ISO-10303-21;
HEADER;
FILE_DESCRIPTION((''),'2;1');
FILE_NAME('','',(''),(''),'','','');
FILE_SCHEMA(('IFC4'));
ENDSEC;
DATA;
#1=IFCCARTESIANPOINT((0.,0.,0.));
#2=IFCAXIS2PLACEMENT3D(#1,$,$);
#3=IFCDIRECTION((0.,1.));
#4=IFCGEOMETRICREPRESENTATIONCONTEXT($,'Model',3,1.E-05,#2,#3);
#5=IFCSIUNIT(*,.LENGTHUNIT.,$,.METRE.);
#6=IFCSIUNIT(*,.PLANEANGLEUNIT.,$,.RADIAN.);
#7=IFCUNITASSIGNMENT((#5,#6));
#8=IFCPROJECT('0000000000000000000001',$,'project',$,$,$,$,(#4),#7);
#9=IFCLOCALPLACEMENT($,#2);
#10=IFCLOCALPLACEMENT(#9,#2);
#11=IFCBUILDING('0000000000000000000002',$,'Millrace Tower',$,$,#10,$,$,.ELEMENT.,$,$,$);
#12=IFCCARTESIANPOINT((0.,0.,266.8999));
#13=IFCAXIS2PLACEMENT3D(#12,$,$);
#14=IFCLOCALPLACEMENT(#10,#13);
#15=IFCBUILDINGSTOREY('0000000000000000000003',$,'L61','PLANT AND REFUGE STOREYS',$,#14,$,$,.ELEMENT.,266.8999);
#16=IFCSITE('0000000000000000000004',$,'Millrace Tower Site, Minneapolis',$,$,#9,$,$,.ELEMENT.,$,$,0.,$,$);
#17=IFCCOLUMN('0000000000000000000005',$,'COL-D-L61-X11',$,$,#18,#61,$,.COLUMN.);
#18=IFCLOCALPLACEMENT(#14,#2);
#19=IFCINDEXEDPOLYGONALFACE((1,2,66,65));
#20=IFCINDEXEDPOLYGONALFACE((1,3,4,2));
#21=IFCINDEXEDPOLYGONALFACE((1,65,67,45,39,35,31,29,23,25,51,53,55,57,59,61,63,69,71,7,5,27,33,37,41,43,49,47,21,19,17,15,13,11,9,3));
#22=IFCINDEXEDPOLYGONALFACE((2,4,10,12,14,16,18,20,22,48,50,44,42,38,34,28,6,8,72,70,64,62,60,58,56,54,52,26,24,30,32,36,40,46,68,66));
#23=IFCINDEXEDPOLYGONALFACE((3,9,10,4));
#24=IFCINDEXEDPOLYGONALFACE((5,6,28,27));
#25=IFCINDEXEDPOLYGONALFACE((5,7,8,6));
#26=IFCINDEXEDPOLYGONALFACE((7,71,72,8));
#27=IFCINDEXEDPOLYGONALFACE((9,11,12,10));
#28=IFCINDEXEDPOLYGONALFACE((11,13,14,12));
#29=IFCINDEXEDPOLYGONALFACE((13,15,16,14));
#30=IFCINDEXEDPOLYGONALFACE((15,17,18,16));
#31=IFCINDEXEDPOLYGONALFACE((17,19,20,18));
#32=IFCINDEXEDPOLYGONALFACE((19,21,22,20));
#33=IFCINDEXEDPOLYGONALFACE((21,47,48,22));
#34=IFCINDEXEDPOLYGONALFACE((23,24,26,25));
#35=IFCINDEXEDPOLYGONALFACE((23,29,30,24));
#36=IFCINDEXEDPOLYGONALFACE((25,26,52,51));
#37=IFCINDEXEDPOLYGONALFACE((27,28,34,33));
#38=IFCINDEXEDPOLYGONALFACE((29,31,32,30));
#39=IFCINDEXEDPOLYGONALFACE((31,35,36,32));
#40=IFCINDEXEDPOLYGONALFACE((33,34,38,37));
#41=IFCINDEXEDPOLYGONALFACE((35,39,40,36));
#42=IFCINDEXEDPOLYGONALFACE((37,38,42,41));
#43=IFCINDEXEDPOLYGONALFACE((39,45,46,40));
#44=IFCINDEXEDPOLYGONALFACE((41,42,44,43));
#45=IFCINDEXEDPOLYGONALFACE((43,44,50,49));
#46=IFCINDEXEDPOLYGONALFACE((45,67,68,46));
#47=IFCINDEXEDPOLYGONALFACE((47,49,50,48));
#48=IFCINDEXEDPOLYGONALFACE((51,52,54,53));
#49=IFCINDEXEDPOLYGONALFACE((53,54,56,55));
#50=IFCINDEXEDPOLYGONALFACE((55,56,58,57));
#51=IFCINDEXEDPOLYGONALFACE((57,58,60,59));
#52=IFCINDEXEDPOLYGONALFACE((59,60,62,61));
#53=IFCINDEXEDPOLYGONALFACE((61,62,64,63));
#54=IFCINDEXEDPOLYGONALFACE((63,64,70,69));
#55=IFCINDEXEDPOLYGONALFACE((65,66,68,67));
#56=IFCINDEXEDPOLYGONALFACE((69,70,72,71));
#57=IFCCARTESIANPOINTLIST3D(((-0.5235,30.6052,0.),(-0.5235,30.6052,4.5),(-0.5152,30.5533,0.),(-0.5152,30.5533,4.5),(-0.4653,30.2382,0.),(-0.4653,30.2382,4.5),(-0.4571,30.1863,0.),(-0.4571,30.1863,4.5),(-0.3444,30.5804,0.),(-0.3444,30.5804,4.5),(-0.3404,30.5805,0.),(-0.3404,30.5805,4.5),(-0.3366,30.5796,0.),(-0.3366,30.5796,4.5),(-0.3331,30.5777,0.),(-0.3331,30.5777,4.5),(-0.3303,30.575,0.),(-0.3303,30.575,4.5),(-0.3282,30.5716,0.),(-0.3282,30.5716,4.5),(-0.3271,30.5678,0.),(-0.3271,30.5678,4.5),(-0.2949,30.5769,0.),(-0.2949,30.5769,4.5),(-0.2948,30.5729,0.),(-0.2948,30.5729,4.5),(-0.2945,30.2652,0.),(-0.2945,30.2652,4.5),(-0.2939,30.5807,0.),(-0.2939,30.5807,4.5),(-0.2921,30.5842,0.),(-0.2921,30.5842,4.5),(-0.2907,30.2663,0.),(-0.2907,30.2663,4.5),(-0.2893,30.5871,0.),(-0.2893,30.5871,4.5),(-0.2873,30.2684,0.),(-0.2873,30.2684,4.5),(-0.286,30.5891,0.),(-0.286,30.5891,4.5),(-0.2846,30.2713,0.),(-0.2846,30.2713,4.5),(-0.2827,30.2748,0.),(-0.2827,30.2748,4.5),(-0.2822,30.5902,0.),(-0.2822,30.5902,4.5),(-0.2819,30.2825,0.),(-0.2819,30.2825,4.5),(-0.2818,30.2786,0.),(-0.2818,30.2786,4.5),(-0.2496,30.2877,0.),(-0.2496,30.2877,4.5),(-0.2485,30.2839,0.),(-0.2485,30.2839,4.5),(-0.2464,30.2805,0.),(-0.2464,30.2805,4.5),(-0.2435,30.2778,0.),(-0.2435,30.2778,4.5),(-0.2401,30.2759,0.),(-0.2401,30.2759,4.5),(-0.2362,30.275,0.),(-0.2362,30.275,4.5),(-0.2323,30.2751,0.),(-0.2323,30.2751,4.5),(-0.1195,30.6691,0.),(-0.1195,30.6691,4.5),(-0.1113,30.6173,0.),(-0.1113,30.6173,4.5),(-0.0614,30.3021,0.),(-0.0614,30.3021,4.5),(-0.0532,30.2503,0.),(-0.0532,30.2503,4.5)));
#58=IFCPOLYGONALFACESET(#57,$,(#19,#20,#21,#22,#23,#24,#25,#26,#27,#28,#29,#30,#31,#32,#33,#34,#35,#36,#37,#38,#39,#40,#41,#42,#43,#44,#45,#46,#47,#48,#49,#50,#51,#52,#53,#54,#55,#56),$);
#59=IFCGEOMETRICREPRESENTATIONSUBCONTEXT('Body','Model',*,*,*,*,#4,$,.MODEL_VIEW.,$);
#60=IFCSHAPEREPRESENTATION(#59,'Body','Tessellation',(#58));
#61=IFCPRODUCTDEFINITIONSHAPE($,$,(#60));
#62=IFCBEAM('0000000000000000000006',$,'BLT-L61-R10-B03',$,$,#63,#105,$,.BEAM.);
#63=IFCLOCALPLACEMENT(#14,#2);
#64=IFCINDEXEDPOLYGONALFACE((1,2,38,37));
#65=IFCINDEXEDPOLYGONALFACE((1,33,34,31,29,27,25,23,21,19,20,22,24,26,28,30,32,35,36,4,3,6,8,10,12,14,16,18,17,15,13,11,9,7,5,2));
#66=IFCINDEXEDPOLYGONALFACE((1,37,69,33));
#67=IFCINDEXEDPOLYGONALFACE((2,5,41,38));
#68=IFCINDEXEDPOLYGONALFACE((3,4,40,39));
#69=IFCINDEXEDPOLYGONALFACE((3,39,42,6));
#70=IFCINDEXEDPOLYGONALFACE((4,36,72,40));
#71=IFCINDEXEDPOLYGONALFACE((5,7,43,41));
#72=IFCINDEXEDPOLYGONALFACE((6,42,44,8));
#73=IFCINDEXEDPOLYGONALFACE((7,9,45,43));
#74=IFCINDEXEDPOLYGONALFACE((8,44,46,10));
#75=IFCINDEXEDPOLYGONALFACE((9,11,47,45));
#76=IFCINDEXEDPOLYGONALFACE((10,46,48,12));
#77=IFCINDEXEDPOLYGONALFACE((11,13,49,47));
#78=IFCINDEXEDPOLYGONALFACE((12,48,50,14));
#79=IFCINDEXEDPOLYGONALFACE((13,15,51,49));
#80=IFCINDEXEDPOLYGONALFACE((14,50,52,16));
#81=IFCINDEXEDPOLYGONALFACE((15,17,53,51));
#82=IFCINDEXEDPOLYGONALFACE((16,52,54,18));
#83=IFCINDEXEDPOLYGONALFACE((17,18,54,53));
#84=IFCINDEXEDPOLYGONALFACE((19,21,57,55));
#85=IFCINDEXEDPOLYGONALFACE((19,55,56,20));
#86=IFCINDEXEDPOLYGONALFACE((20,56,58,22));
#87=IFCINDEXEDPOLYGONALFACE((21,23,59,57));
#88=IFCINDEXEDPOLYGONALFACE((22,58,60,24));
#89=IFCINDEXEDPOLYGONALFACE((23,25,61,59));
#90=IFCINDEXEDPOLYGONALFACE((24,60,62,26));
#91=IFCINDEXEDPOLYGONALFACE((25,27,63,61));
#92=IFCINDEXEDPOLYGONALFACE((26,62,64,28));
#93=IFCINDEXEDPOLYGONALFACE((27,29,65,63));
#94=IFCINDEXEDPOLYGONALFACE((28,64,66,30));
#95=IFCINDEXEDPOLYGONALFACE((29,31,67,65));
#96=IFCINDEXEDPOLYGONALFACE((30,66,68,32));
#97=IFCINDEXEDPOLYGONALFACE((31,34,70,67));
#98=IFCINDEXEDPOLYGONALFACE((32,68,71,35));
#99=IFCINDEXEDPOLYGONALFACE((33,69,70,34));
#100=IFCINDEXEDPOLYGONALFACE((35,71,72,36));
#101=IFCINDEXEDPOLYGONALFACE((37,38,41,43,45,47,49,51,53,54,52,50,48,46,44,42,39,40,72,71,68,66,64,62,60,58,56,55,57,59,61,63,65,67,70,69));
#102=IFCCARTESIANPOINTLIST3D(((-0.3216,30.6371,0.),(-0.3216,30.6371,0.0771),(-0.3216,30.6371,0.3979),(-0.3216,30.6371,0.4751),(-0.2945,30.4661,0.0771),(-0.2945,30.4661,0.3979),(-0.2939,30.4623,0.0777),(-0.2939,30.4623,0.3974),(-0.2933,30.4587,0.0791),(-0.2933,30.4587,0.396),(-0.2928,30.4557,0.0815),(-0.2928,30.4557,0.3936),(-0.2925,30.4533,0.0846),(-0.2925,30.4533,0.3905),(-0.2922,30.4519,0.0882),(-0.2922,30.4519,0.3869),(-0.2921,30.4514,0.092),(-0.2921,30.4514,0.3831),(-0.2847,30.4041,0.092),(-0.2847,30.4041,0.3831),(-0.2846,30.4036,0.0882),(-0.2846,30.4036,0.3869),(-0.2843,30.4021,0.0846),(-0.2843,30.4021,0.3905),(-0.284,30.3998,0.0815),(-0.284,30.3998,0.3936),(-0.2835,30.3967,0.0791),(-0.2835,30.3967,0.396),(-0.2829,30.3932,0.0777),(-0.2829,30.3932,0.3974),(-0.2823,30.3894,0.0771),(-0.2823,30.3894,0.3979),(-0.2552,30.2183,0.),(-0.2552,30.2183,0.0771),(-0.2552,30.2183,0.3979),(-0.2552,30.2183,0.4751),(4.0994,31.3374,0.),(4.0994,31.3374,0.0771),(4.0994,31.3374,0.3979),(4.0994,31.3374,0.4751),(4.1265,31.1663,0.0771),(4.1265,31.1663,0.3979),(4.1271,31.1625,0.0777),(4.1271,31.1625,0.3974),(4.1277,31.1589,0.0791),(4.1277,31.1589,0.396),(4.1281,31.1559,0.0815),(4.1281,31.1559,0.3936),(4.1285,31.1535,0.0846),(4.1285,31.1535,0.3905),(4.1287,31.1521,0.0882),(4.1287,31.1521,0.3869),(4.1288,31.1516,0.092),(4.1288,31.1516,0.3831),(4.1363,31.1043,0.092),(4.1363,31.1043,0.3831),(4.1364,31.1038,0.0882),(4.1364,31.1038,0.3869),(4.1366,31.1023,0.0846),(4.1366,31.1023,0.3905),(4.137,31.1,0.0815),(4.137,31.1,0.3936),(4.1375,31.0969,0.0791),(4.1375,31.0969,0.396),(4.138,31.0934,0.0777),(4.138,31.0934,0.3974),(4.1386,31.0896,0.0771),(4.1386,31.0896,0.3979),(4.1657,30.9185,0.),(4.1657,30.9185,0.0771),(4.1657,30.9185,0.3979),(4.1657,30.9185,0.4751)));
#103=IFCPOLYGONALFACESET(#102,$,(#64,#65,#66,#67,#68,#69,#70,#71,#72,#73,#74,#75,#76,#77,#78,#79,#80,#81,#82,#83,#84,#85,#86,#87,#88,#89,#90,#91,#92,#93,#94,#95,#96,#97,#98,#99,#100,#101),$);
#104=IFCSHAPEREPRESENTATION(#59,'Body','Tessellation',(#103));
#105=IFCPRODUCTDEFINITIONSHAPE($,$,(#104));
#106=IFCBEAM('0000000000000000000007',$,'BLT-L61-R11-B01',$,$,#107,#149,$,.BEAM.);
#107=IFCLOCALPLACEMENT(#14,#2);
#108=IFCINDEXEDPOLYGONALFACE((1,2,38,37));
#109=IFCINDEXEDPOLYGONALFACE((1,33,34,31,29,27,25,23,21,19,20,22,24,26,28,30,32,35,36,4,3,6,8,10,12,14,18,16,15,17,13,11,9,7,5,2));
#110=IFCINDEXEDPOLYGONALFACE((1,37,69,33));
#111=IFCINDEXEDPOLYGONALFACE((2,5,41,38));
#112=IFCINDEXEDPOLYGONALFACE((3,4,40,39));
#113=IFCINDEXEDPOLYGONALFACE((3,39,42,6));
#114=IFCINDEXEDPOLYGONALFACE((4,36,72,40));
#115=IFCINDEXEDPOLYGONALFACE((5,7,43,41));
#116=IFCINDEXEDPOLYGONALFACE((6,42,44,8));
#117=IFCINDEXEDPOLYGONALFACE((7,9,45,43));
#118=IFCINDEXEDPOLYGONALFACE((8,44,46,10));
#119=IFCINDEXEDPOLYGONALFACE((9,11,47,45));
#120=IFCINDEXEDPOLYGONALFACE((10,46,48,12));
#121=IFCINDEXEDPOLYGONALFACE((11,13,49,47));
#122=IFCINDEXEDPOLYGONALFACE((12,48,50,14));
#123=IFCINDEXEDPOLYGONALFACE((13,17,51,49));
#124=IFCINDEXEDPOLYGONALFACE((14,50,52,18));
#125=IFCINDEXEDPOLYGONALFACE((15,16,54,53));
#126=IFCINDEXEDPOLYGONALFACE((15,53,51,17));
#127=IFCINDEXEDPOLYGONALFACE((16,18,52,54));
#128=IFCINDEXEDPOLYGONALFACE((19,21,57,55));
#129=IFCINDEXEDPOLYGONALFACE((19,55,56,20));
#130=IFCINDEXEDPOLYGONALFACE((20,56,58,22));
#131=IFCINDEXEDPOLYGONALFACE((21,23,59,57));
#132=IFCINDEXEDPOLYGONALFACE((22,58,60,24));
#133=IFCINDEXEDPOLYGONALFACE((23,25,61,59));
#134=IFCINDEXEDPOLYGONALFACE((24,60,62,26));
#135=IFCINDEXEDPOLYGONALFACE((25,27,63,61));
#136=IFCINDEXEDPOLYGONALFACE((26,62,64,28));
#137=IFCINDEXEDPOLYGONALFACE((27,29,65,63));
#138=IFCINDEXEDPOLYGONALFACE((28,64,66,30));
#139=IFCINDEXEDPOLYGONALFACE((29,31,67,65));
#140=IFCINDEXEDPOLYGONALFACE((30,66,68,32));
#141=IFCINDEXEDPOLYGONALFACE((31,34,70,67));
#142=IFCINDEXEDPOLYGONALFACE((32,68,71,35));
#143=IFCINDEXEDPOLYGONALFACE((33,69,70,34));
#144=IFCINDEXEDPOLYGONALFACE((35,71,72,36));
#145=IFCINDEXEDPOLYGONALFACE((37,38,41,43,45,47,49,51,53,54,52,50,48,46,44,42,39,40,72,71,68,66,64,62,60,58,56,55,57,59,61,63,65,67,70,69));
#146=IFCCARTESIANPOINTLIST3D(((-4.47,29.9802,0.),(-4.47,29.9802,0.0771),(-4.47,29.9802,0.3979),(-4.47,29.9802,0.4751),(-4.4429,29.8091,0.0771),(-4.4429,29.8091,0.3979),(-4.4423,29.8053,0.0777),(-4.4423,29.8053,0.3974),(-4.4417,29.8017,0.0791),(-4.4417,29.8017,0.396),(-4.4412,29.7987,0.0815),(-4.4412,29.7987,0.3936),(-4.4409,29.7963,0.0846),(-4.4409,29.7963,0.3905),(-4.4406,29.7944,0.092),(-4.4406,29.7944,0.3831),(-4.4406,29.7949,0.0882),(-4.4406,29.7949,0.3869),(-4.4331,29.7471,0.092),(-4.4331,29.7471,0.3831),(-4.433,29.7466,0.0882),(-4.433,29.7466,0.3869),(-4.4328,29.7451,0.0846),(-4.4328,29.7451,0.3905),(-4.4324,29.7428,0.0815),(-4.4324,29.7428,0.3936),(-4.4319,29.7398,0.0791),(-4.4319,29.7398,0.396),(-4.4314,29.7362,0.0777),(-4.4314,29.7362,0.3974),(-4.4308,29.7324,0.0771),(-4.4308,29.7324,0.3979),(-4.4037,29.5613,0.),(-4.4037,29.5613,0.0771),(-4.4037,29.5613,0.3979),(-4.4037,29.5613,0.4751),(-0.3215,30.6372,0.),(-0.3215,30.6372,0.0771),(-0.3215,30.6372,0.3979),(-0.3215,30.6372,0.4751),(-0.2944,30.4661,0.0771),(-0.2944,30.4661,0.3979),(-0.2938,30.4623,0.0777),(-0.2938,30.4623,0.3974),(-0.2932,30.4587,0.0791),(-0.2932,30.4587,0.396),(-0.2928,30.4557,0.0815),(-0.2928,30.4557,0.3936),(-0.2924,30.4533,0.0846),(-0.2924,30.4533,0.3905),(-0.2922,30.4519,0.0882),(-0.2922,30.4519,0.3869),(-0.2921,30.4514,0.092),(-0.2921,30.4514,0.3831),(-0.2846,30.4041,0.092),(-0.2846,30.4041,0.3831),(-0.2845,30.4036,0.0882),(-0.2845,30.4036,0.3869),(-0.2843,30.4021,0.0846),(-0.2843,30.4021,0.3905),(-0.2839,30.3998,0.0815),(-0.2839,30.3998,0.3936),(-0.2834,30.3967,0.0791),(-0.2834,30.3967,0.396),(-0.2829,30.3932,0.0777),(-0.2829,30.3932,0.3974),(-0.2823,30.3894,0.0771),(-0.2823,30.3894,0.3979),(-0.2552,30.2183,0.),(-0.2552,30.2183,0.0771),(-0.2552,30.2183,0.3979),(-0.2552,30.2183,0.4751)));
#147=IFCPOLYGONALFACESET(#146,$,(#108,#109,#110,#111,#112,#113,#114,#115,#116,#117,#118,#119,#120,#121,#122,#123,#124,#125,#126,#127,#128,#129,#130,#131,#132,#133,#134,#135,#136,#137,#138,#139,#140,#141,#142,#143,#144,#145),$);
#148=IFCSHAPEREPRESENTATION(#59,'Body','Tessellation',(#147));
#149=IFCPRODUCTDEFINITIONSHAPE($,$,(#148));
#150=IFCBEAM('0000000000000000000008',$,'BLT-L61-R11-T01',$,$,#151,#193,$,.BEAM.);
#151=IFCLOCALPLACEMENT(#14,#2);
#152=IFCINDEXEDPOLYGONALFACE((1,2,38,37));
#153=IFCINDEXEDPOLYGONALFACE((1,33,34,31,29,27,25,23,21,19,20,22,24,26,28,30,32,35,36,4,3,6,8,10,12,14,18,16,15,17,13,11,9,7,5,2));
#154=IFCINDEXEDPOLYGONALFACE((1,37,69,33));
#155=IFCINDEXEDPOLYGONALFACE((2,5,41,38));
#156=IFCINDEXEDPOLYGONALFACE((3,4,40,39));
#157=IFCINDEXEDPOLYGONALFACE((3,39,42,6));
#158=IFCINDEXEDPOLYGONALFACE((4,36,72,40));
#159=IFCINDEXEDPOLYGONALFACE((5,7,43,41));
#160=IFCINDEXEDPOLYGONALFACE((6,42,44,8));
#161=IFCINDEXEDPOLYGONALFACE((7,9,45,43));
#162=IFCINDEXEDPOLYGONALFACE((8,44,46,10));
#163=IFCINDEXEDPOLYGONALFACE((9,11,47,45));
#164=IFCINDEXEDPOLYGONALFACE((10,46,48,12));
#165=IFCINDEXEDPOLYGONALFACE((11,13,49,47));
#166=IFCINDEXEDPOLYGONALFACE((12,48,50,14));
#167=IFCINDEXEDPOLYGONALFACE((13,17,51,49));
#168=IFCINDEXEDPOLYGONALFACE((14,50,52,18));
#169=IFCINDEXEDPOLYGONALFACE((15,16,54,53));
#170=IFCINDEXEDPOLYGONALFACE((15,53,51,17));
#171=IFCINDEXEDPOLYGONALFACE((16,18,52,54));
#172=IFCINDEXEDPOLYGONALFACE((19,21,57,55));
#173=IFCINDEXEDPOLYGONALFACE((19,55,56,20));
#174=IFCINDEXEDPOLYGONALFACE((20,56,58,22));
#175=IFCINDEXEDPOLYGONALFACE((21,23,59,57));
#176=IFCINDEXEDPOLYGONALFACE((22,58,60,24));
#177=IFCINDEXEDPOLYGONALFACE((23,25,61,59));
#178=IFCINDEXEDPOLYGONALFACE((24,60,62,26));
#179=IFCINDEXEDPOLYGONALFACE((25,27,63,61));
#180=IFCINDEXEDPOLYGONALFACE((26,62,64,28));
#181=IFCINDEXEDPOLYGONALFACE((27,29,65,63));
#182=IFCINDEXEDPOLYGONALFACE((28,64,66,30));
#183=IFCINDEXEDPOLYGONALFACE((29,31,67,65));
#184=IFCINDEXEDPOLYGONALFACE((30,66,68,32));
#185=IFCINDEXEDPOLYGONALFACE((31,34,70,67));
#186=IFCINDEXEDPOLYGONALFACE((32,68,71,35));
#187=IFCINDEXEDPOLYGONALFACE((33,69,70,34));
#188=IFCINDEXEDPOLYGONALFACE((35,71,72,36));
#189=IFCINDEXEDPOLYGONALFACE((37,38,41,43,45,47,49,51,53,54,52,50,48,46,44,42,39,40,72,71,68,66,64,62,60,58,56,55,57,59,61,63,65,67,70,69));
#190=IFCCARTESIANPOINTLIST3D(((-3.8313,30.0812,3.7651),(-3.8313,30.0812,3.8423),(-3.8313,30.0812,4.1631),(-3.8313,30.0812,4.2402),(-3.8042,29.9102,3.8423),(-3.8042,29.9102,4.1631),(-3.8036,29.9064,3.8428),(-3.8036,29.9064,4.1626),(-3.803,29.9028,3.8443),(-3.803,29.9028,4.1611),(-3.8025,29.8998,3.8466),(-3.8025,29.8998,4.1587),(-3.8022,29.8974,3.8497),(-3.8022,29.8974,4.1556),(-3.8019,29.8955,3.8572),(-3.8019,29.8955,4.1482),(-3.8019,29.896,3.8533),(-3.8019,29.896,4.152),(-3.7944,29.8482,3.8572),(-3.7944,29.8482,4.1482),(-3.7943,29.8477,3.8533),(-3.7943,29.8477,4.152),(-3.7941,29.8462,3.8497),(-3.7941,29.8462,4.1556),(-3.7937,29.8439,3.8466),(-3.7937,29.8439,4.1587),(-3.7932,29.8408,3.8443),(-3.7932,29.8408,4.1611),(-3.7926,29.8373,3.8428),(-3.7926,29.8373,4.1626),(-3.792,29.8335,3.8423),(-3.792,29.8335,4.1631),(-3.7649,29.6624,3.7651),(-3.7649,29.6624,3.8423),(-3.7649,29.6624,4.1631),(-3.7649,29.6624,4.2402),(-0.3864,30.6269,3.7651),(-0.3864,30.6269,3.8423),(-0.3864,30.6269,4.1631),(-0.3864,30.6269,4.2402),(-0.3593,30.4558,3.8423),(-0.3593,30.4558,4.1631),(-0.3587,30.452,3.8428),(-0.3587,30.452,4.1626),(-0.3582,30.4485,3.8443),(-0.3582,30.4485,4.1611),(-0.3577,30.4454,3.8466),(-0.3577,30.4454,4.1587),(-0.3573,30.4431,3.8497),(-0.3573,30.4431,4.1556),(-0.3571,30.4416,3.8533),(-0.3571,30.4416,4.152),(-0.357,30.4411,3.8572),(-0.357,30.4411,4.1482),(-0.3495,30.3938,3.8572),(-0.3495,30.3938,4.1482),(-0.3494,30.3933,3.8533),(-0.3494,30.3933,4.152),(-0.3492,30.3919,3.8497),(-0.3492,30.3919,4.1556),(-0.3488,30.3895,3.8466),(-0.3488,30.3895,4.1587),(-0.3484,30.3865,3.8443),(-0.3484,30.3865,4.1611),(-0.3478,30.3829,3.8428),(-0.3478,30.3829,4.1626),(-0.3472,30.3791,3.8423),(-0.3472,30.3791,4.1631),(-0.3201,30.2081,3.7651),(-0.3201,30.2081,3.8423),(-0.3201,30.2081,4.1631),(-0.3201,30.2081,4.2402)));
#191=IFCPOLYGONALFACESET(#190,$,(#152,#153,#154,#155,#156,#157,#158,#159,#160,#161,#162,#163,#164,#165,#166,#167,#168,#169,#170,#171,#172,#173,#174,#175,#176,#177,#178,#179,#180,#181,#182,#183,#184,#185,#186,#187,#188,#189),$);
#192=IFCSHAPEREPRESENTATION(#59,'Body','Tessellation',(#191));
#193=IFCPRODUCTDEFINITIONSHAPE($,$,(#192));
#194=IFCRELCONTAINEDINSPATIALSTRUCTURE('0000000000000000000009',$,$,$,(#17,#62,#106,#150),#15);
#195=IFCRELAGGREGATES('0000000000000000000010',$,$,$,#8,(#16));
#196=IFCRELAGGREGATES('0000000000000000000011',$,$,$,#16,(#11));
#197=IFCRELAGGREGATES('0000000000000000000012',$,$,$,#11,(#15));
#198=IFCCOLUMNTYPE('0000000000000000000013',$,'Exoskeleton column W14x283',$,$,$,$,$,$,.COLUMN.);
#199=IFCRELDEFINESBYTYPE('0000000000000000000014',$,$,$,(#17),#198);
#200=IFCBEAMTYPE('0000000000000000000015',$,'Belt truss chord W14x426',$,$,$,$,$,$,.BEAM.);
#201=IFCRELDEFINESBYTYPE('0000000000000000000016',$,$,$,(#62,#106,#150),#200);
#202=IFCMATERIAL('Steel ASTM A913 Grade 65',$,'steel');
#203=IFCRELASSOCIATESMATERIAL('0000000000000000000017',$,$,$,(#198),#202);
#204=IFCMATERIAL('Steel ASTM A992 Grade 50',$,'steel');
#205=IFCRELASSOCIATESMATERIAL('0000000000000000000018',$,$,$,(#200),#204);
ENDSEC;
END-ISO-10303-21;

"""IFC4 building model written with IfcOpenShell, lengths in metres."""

from ifc_helpers import new_model, si_unit, direction, frame, origin, origin_2d, place, context, subcontext, project, spatial, i_section, extrude, material, material_profile, profile_set, type_object, element, save


model = new_model("IFC4")

# Units and contexts
model_context = context("Model", 3, precision=1e-05, world=origin(), true_north=direction((0.0, 1.0)))
body_context = subcontext(model_context, "Body", "Model", "MODEL_VIEW")
ifc_project = project(units=[si_unit("LENGTHUNIT", "METRE"), si_unit("PLANEANGLEUNIT", "RADIAN")], contexts=[model_context])

# Site, building, storey
site_placement = place(None, origin())
site = spatial("IfcSite", under=ifc_project, at=site_placement, Name="Millrace Tower Site, Minneapolis", CompositionType="ELEMENT", RefElevation=0.0)
building_placement = place(site_placement, origin())
building = spatial("IfcBuilding", under=site, at=building_placement, Name="Millrace Tower", CompositionType="ELEMENT")
storey_placement = place(building_placement, frame((0.0, 0.0, 266.8999)))
storey = spatial("IfcBuildingStorey", under=building, at=storey_placement, Name="L61", Description="PLANT AND REFUGE STOREYS", CompositionType="ELEMENT", Elevation=266.8999)

# Column
ifc_material_1 = material(Name="Steel ASTM A913 Grade 65", Category="steel")
ifc_material_profile_1 = material_profile(ifc_material_1, i_section(OverallWidth=0.4089, OverallDepth=0.4241, WebThickness=0.0327, FlangeThickness=0.0525, FilletRadius=0.0151, at=origin_2d()))
ifc_profile_set_1 = profile_set([ifc_material_profile_1], Name="Steel ASTM A913 Grade 65")
column_type = type_object("IfcColumnType", Name="Exoskeleton column W14x283", PredefinedType="COLUMN", material=ifc_profile_set_1)
column_placement = place(storey_placement, frame((-0.2883, 30.4277, 0.0), z_axis=(0.0, 0.0, 1.0), x_axis=(-0.987688, -0.156434, 0.0)))
element("IfcColumn", 1, at=column_placement, inside=storey, type_object=column_type, Name="COL-D-L61-X11", PredefinedType="COLUMN", context=body_context, shape_type="SweptSolid", body=[
    extrude(i_section(OverallWidth=0.4089, OverallDepth=0.4241, WebThickness=0.0327, FlangeThickness=0.0525, FilletRadius=0.0151, at=origin_2d()), origin(), (0.0, 0.0, 1.0), 4.5),
])

# Beams
ifc_material_2 = material(Name="Steel ASTM A992 Grade 50", Category="steel")
ifc_material_profile_2 = material_profile(ifc_material_2, i_section(OverallWidth=0.4241, OverallDepth=0.4751, WebThickness=0.0479, FlangeThickness=0.0771, FilletRadius=0.0149, at=origin_2d()))
ifc_profile_set_2 = profile_set([ifc_material_profile_2], Name="Steel ASTM A992 Grade 50")
beam_type_1 = type_object("IfcBeamType", Name="Belt truss chord W14x426", PredefinedType="BEAM", material=ifc_profile_set_2)
beam_1_placement = place(storey_placement, frame((4.1326, 31.1279, 0.2375), z_axis=(-0.987689, -0.156433, 0.0), x_axis=(0.156433, -0.987689, 0.0)))
element("IfcBeam", 2, at=beam_1_placement, inside=storey, type_object=beam_type_1, Name="BLT-L61-R10-B03", PredefinedType="BEAM", context=body_context, shape_type="SweptSolid", body=[
    extrude(i_section(OverallWidth=0.4241, OverallDepth=0.4751, WebThickness=0.0479, FlangeThickness=0.0771, FilletRadius=0.0149, at=origin_2d()), origin(), (0.0, 0.0, 1.0), 4.4761),
])
beam_2_placement = place(storey_placement, frame((-0.2883, 30.4277, 0.2375), z_axis=(-0.987691, -0.156419, 0.0), x_axis=(0.156419, -0.987691, 0.0)))
element("IfcBeam", 3, at=beam_2_placement, inside=storey, type_object=beam_type_1, Name="BLT-L61-R11-B01", PredefinedType="BEAM", context=body_context, shape_type="SweptSolid", body=[
    extrude(i_section(OverallWidth=0.4241, OverallDepth=0.4751, WebThickness=0.0479, FlangeThickness=0.0771, FilletRadius=0.0149, at=origin_2d()), origin(), (0.0, 0.0, 1.0), 4.2002),
])
beam_3_placement = place(storey_placement, frame((-0.3533, 30.4175, 4.0027), z_axis=(-0.987686, -0.156448, 0.0), x_axis=(0.156448, -0.987686, 0.0)))
element("IfcBeam", 4, at=beam_3_placement, inside=storey, type_object=beam_type_1, Name="BLT-L61-R11-T01", PredefinedType="BEAM", context=body_context, shape_type="SweptSolid", body=[
    extrude(i_section(OverallWidth=0.4241, OverallDepth=0.4751, WebThickness=0.0479, FlangeThickness=0.0771, FilletRadius=0.0149, at=origin_2d()), origin(), (0.0, 0.0, 1.0), 3.4878),
])

save(model, "model.ifc")
